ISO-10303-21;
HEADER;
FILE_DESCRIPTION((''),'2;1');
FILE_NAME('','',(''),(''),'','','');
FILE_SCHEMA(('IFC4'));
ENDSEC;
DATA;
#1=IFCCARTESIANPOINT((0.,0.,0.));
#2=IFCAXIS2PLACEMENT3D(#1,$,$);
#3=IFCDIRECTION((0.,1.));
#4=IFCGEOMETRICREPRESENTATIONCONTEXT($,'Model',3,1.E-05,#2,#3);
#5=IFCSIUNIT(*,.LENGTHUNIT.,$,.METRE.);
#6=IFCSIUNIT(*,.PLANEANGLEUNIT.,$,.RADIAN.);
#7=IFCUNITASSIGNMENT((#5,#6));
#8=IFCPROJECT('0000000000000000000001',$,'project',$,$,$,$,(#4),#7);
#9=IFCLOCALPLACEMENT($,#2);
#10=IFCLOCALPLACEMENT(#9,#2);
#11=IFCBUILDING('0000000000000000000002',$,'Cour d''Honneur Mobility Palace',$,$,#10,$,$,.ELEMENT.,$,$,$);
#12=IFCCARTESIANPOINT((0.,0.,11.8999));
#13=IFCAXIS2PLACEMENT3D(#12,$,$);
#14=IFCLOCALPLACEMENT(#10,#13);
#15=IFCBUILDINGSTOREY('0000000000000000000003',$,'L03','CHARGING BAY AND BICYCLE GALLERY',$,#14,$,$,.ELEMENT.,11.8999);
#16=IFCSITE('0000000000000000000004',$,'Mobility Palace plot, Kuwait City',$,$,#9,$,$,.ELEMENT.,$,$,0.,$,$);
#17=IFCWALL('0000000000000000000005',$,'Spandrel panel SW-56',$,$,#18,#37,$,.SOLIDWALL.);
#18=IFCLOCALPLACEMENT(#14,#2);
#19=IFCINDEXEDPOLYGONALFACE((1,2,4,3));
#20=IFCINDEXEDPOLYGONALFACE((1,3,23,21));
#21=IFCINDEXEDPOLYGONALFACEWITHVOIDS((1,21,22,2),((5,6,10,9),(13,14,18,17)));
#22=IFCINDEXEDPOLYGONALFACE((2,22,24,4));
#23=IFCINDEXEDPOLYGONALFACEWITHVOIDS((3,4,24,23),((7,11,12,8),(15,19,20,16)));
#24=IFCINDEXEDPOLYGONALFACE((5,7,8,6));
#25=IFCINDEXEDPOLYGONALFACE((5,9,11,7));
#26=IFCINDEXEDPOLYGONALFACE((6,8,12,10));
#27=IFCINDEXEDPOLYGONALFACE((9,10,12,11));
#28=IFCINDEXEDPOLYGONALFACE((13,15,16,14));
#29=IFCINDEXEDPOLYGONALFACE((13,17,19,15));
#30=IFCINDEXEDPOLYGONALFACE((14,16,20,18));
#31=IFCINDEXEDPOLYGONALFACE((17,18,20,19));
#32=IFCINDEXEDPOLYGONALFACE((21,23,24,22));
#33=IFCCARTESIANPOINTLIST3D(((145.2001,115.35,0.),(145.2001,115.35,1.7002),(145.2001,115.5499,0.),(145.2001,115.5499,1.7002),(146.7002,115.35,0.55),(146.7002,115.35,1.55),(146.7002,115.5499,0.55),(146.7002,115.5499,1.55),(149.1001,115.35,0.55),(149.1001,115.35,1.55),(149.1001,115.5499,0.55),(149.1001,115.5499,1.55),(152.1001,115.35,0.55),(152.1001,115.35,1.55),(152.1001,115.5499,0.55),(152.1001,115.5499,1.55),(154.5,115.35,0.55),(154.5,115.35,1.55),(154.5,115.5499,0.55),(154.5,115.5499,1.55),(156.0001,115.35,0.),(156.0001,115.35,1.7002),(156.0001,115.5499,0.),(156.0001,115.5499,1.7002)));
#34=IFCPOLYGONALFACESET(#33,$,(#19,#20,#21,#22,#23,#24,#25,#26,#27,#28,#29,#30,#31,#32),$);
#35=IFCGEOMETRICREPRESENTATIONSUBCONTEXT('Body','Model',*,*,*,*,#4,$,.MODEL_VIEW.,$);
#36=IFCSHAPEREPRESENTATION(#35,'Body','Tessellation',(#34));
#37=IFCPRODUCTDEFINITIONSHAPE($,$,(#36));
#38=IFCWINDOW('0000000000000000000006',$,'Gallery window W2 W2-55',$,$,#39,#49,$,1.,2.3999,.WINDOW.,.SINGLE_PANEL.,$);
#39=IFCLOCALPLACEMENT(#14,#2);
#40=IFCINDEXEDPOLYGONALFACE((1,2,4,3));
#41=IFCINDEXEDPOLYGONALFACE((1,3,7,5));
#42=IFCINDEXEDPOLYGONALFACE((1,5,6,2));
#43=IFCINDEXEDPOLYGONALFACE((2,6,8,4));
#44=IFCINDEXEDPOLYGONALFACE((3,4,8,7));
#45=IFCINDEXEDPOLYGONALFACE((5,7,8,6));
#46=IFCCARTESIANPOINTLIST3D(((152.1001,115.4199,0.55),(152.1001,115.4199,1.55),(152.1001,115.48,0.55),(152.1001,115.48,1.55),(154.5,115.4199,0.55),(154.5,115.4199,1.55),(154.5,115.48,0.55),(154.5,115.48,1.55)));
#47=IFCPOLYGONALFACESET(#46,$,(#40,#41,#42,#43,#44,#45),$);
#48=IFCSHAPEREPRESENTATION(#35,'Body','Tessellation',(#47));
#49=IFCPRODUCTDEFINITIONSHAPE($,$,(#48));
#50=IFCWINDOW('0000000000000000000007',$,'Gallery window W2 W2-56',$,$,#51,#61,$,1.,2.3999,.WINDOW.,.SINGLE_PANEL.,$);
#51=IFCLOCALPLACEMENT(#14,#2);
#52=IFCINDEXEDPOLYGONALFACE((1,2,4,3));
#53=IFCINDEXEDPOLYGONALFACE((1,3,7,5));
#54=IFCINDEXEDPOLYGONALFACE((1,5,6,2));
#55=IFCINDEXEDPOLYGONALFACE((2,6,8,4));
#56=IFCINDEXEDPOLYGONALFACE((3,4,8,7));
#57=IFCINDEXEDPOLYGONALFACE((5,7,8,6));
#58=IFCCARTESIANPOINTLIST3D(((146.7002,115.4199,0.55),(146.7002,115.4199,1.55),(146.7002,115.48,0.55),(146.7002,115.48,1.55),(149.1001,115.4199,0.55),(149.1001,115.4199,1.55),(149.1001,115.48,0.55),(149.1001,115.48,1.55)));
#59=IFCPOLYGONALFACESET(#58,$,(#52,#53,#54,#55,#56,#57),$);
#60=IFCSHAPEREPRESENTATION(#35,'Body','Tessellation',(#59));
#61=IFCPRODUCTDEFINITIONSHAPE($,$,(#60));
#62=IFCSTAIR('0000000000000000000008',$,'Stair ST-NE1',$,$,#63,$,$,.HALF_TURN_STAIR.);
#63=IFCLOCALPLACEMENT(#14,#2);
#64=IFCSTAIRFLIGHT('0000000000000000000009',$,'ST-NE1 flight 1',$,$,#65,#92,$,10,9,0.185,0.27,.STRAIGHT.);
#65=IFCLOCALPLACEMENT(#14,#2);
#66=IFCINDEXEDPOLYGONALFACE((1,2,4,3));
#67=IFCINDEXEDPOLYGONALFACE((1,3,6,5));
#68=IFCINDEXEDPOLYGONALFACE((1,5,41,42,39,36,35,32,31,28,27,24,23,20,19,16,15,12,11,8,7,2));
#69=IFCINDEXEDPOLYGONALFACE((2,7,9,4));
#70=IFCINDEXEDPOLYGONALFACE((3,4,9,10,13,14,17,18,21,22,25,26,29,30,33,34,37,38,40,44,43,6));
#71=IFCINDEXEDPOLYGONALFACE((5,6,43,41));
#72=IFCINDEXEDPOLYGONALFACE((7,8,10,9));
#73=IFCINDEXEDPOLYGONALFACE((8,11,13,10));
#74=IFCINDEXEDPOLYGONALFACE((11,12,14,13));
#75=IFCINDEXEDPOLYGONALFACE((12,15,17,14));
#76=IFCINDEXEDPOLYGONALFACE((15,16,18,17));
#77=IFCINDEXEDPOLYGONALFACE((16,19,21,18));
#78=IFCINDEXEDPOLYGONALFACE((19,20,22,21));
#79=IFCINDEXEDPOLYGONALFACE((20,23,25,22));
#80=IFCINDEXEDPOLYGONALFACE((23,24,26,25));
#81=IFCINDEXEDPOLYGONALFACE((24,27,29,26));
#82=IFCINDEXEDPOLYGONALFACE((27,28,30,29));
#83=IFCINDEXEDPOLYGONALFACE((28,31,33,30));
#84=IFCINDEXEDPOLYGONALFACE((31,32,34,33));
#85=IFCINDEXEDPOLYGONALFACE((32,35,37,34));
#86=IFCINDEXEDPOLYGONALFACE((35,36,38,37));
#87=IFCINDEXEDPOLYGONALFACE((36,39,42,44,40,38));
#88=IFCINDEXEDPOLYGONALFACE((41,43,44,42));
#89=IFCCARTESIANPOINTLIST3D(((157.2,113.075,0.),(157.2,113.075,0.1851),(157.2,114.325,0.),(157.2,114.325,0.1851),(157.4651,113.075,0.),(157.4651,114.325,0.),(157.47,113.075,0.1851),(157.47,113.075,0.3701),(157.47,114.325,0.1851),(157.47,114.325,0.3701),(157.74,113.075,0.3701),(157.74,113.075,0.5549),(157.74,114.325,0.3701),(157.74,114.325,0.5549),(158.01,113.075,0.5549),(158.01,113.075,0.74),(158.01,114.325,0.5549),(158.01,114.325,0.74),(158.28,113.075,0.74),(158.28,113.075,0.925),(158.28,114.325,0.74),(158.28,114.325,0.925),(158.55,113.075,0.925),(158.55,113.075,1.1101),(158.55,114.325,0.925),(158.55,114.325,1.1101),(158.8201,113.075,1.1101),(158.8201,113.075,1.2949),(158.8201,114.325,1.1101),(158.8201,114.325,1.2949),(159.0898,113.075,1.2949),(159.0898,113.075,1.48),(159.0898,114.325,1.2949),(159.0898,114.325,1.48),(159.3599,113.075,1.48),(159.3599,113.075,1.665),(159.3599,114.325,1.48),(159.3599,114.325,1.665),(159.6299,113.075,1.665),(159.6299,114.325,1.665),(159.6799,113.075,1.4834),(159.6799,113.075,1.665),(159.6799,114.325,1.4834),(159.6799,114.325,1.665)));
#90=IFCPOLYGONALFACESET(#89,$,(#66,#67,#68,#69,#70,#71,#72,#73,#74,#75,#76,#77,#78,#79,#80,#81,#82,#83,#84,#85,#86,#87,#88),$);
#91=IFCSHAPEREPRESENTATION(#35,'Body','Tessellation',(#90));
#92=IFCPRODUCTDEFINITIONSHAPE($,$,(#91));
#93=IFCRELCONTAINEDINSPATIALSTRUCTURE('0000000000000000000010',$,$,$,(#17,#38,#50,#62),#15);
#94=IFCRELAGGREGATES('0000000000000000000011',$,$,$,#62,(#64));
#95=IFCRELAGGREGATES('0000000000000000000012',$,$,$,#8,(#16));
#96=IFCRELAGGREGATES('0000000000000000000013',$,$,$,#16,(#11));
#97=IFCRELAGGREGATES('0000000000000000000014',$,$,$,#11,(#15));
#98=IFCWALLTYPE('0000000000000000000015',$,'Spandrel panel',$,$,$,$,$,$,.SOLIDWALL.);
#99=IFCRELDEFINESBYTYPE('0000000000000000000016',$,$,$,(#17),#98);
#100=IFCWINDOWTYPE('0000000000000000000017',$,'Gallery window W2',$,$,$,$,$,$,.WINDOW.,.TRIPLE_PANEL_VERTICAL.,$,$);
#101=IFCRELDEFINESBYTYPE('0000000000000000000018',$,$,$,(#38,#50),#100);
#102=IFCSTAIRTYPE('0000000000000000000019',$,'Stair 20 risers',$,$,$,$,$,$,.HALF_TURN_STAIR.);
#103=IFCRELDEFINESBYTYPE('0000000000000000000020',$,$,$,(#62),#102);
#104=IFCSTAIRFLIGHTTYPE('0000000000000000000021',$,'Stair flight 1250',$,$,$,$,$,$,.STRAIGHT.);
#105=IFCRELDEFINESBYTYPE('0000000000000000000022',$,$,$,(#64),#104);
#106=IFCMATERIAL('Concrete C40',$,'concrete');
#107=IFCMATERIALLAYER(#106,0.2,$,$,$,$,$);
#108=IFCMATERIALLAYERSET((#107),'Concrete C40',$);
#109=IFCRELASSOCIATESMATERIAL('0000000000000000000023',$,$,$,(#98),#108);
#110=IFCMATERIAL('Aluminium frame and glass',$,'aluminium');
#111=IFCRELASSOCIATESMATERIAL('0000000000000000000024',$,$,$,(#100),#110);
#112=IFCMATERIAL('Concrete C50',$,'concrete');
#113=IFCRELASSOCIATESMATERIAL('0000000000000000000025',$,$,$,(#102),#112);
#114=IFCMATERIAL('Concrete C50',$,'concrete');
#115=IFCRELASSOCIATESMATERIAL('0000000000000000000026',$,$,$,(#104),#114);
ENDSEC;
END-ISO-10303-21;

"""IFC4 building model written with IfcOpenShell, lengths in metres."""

from ifc_helpers import new_model, si_unit, direction, frame, frame_2d, origin, place, context, subcontext, project, spatial, polyline, rectangle, outline, extrude, material, layer, layer_set, type_object, element, fill, aggregate, save


model = new_model("IFC4")

# Units and contexts
model_context = context("Model", 3, precision=1e-05, world=origin(), true_north=direction((0.0, 1.0)))
body_context = subcontext(model_context, "Body", "Model", "MODEL_VIEW")
ifc_project = project(units=[si_unit("LENGTHUNIT", "METRE"), si_unit("PLANEANGLEUNIT", "RADIAN")], contexts=[model_context])

# Site, building, storey
site_placement = place(None, origin())
site = spatial("IfcSite", under=ifc_project, at=site_placement, Name="Mobility Palace plot, Kuwait City", CompositionType="ELEMENT", RefElevation=0.0)
building_placement = place(site_placement, origin())
building = spatial("IfcBuilding", under=site, at=building_placement, Name="Cour d'Honneur Mobility Palace", CompositionType="ELEMENT")
storey_placement = place(building_placement, frame((0.0, 0.0, 11.8999)))
storey = spatial("IfcBuildingStorey", under=building, at=storey_placement, Name="L03", Description="CHARGING BAY AND BICYCLE GALLERY", CompositionType="ELEMENT", Elevation=11.8999)

# Wall, openings, windows
ifc_material_1 = material(Name="Concrete C40", Category="concrete")
ifc_layer_1 = layer(ifc_material_1, 0.2)
ifc_layer_set_1 = layer_set([ifc_layer_1], Name="Concrete C40")
wall_type_1 = type_object("IfcWallType", Name="Spandrel panel", PredefinedType="SOLIDWALL", material=ifc_layer_set_1)
wall_1_placement = place(storey_placement, frame((156.0, 115.45, 0.0), z_axis=(0.0, 0.0, 1.0), x_axis=(-1.0, 0.0, 0.0)))
wall_1 = element("IfcWall", 1, at=wall_1_placement, inside=storey, type_object=wall_type_1, Name="Spandrel panel SW-56", PredefinedType="SOLIDWALL", context=body_context, shape_type="SweptSolid", body=[
    extrude(rectangle(XDim=10.8, YDim=0.2, at=frame_2d((5.3999, 0.0))), origin(), (0.0, 0.0, 1.0), 1.7002),
])
opening_1_placement = place(wall_1_placement, frame((1.5, 0.0, 0.55)))
opening_1 = element("IfcOpeningElement", 2, at=opening_1_placement, cuts=wall_1, PredefinedType="OPENING", context=body_context, shape_type="SweptSolid", body=[
    extrude(rectangle(XDim=2.3999, YDim=1.0, at=frame_2d((1.2, 0.5))), frame((0.0, 0.1099, 0.0), z_axis=(0.0, -1.0, 0.0), x_axis=(1.0, 0.0, 0.0)), (0.0, 0.0, 1.0), 0.22),
])
opening_2_placement = place(wall_1_placement, frame((6.8999, 0.0, 0.55)))
opening_2 = element("IfcOpeningElement", 3, at=opening_2_placement, cuts=wall_1, PredefinedType="OPENING", context=body_context, shape_type="SweptSolid", body=[
    extrude(rectangle(XDim=2.3999, YDim=1.0, at=frame_2d((1.2, 0.5))), frame((0.0, 0.1099, 0.0), z_axis=(0.0, -1.0, 0.0), x_axis=(1.0, 0.0, 0.0)), (0.0, 0.0, 1.0), 0.22),
])
ifc_material_2 = material(Name="Aluminium frame and glass", Category="aluminium")
window_type = type_object("IfcWindowType", Name="Gallery window W2", PartitioningType="TRIPLE_PANEL_VERTICAL", PredefinedType="WINDOW", material=ifc_material_2)
window_1_placement = place(opening_1_placement, origin())
window_1 = element("IfcWindow", 4, at=window_1_placement, inside=storey, type_object=window_type, Name="Gallery window W2 W2-55", OverallHeight=1.0, OverallWidth=2.3999, PartitioningType="SINGLE_PANEL", PredefinedType="WINDOW", context=body_context, shape_type="SweptSolid", body=[
    extrude(rectangle(XDim=2.3999, YDim=1.0, at=frame_2d((1.2, 0.5))), frame((0.0, 0.03, 0.0), z_axis=(0.0, -1.0, 0.0), x_axis=(1.0, 0.0, 0.0)), (0.0, 0.0, 1.0), 0.0601),
])
fill(opening_1, window_1)
window_2_placement = place(opening_2_placement, origin())
window_2 = element("IfcWindow", 5, at=window_2_placement, inside=storey, type_object=window_type, Name="Gallery window W2 W2-56", OverallHeight=1.0, OverallWidth=2.3999, PartitioningType="SINGLE_PANEL", PredefinedType="WINDOW", context=body_context, shape_type="SweptSolid", body=[
    extrude(rectangle(XDim=2.3999, YDim=1.0, at=frame_2d((1.2, 0.5))), frame((0.0, 0.03, 0.0), z_axis=(0.0, -1.0, 0.0), x_axis=(1.0, 0.0, 0.0)), (0.0, 0.0, 1.0), 0.0601),
])
fill(opening_2, window_2)

# Stair, stair flight
ifc_material_3 = material(Name="Concrete C50", Category="concrete")
stair_type = type_object("IfcStairType", Name="Stair 20 risers", PredefinedType="HALF_TURN_STAIR", material=ifc_material_3)
stair_placement = place(storey_placement, origin())
stair = element("IfcStair", 6, at=stair_placement, inside=storey, type_object=stair_type, Name="Stair ST-NE1", PredefinedType="HALF_TURN_STAIR")
ifc_material_4 = material(Name="Concrete C50", Category="concrete")
stair_flight_type = type_object("IfcStairFlightType", Name="Stair flight 1250", PredefinedType="STRAIGHT", material=ifc_material_4)
stair_flight_placement = place(storey_placement, frame((157.2, 113.7, 0.0), z_axis=(0.0, 0.0, 1.0), x_axis=(1.0, 0.0, 0.0)))
stair_flight = element("IfcStairFlight", 7, at=stair_flight_placement, type_object=stair_flight_type, Name="ST-NE1 flight 1", NumberOfRisers=10, NumberOfTreads=9, PredefinedType="STRAIGHT", RiserHeight=0.185, TreadLength=0.27, context=body_context, shape_type="SweptSolid", body=[
    extrude(outline(polyline([(0.0, 0.0), (0.0, 0.1851), (0.27, 0.1851), (0.27, 0.3701), (0.54, 0.3701), (0.54, 0.5549), (0.8101, 0.5549), (0.8101, 0.74), (1.0801, 0.74), (1.0801, 0.925), (1.3501, 0.925), (1.3501, 1.1101), (1.6201, 1.1101), (1.6201, 1.2949), (1.8899, 1.2949), (1.8899, 1.48), (2.1599, 1.48), (2.1599, 1.665), (2.4299, 1.665), (2.48, 1.665), (2.48, 1.4834), (0.2651, 0.0), (0.0, 0.0)])), frame((0.0, 0.625, 0.0), z_axis=(0.0, -1.0, 0.0), x_axis=(1.0, 0.0, 0.0)), (0.0, 0.0, 1.0), 1.25),
])
aggregate(stair, [stair_flight])

save(model, "model.ifc")
